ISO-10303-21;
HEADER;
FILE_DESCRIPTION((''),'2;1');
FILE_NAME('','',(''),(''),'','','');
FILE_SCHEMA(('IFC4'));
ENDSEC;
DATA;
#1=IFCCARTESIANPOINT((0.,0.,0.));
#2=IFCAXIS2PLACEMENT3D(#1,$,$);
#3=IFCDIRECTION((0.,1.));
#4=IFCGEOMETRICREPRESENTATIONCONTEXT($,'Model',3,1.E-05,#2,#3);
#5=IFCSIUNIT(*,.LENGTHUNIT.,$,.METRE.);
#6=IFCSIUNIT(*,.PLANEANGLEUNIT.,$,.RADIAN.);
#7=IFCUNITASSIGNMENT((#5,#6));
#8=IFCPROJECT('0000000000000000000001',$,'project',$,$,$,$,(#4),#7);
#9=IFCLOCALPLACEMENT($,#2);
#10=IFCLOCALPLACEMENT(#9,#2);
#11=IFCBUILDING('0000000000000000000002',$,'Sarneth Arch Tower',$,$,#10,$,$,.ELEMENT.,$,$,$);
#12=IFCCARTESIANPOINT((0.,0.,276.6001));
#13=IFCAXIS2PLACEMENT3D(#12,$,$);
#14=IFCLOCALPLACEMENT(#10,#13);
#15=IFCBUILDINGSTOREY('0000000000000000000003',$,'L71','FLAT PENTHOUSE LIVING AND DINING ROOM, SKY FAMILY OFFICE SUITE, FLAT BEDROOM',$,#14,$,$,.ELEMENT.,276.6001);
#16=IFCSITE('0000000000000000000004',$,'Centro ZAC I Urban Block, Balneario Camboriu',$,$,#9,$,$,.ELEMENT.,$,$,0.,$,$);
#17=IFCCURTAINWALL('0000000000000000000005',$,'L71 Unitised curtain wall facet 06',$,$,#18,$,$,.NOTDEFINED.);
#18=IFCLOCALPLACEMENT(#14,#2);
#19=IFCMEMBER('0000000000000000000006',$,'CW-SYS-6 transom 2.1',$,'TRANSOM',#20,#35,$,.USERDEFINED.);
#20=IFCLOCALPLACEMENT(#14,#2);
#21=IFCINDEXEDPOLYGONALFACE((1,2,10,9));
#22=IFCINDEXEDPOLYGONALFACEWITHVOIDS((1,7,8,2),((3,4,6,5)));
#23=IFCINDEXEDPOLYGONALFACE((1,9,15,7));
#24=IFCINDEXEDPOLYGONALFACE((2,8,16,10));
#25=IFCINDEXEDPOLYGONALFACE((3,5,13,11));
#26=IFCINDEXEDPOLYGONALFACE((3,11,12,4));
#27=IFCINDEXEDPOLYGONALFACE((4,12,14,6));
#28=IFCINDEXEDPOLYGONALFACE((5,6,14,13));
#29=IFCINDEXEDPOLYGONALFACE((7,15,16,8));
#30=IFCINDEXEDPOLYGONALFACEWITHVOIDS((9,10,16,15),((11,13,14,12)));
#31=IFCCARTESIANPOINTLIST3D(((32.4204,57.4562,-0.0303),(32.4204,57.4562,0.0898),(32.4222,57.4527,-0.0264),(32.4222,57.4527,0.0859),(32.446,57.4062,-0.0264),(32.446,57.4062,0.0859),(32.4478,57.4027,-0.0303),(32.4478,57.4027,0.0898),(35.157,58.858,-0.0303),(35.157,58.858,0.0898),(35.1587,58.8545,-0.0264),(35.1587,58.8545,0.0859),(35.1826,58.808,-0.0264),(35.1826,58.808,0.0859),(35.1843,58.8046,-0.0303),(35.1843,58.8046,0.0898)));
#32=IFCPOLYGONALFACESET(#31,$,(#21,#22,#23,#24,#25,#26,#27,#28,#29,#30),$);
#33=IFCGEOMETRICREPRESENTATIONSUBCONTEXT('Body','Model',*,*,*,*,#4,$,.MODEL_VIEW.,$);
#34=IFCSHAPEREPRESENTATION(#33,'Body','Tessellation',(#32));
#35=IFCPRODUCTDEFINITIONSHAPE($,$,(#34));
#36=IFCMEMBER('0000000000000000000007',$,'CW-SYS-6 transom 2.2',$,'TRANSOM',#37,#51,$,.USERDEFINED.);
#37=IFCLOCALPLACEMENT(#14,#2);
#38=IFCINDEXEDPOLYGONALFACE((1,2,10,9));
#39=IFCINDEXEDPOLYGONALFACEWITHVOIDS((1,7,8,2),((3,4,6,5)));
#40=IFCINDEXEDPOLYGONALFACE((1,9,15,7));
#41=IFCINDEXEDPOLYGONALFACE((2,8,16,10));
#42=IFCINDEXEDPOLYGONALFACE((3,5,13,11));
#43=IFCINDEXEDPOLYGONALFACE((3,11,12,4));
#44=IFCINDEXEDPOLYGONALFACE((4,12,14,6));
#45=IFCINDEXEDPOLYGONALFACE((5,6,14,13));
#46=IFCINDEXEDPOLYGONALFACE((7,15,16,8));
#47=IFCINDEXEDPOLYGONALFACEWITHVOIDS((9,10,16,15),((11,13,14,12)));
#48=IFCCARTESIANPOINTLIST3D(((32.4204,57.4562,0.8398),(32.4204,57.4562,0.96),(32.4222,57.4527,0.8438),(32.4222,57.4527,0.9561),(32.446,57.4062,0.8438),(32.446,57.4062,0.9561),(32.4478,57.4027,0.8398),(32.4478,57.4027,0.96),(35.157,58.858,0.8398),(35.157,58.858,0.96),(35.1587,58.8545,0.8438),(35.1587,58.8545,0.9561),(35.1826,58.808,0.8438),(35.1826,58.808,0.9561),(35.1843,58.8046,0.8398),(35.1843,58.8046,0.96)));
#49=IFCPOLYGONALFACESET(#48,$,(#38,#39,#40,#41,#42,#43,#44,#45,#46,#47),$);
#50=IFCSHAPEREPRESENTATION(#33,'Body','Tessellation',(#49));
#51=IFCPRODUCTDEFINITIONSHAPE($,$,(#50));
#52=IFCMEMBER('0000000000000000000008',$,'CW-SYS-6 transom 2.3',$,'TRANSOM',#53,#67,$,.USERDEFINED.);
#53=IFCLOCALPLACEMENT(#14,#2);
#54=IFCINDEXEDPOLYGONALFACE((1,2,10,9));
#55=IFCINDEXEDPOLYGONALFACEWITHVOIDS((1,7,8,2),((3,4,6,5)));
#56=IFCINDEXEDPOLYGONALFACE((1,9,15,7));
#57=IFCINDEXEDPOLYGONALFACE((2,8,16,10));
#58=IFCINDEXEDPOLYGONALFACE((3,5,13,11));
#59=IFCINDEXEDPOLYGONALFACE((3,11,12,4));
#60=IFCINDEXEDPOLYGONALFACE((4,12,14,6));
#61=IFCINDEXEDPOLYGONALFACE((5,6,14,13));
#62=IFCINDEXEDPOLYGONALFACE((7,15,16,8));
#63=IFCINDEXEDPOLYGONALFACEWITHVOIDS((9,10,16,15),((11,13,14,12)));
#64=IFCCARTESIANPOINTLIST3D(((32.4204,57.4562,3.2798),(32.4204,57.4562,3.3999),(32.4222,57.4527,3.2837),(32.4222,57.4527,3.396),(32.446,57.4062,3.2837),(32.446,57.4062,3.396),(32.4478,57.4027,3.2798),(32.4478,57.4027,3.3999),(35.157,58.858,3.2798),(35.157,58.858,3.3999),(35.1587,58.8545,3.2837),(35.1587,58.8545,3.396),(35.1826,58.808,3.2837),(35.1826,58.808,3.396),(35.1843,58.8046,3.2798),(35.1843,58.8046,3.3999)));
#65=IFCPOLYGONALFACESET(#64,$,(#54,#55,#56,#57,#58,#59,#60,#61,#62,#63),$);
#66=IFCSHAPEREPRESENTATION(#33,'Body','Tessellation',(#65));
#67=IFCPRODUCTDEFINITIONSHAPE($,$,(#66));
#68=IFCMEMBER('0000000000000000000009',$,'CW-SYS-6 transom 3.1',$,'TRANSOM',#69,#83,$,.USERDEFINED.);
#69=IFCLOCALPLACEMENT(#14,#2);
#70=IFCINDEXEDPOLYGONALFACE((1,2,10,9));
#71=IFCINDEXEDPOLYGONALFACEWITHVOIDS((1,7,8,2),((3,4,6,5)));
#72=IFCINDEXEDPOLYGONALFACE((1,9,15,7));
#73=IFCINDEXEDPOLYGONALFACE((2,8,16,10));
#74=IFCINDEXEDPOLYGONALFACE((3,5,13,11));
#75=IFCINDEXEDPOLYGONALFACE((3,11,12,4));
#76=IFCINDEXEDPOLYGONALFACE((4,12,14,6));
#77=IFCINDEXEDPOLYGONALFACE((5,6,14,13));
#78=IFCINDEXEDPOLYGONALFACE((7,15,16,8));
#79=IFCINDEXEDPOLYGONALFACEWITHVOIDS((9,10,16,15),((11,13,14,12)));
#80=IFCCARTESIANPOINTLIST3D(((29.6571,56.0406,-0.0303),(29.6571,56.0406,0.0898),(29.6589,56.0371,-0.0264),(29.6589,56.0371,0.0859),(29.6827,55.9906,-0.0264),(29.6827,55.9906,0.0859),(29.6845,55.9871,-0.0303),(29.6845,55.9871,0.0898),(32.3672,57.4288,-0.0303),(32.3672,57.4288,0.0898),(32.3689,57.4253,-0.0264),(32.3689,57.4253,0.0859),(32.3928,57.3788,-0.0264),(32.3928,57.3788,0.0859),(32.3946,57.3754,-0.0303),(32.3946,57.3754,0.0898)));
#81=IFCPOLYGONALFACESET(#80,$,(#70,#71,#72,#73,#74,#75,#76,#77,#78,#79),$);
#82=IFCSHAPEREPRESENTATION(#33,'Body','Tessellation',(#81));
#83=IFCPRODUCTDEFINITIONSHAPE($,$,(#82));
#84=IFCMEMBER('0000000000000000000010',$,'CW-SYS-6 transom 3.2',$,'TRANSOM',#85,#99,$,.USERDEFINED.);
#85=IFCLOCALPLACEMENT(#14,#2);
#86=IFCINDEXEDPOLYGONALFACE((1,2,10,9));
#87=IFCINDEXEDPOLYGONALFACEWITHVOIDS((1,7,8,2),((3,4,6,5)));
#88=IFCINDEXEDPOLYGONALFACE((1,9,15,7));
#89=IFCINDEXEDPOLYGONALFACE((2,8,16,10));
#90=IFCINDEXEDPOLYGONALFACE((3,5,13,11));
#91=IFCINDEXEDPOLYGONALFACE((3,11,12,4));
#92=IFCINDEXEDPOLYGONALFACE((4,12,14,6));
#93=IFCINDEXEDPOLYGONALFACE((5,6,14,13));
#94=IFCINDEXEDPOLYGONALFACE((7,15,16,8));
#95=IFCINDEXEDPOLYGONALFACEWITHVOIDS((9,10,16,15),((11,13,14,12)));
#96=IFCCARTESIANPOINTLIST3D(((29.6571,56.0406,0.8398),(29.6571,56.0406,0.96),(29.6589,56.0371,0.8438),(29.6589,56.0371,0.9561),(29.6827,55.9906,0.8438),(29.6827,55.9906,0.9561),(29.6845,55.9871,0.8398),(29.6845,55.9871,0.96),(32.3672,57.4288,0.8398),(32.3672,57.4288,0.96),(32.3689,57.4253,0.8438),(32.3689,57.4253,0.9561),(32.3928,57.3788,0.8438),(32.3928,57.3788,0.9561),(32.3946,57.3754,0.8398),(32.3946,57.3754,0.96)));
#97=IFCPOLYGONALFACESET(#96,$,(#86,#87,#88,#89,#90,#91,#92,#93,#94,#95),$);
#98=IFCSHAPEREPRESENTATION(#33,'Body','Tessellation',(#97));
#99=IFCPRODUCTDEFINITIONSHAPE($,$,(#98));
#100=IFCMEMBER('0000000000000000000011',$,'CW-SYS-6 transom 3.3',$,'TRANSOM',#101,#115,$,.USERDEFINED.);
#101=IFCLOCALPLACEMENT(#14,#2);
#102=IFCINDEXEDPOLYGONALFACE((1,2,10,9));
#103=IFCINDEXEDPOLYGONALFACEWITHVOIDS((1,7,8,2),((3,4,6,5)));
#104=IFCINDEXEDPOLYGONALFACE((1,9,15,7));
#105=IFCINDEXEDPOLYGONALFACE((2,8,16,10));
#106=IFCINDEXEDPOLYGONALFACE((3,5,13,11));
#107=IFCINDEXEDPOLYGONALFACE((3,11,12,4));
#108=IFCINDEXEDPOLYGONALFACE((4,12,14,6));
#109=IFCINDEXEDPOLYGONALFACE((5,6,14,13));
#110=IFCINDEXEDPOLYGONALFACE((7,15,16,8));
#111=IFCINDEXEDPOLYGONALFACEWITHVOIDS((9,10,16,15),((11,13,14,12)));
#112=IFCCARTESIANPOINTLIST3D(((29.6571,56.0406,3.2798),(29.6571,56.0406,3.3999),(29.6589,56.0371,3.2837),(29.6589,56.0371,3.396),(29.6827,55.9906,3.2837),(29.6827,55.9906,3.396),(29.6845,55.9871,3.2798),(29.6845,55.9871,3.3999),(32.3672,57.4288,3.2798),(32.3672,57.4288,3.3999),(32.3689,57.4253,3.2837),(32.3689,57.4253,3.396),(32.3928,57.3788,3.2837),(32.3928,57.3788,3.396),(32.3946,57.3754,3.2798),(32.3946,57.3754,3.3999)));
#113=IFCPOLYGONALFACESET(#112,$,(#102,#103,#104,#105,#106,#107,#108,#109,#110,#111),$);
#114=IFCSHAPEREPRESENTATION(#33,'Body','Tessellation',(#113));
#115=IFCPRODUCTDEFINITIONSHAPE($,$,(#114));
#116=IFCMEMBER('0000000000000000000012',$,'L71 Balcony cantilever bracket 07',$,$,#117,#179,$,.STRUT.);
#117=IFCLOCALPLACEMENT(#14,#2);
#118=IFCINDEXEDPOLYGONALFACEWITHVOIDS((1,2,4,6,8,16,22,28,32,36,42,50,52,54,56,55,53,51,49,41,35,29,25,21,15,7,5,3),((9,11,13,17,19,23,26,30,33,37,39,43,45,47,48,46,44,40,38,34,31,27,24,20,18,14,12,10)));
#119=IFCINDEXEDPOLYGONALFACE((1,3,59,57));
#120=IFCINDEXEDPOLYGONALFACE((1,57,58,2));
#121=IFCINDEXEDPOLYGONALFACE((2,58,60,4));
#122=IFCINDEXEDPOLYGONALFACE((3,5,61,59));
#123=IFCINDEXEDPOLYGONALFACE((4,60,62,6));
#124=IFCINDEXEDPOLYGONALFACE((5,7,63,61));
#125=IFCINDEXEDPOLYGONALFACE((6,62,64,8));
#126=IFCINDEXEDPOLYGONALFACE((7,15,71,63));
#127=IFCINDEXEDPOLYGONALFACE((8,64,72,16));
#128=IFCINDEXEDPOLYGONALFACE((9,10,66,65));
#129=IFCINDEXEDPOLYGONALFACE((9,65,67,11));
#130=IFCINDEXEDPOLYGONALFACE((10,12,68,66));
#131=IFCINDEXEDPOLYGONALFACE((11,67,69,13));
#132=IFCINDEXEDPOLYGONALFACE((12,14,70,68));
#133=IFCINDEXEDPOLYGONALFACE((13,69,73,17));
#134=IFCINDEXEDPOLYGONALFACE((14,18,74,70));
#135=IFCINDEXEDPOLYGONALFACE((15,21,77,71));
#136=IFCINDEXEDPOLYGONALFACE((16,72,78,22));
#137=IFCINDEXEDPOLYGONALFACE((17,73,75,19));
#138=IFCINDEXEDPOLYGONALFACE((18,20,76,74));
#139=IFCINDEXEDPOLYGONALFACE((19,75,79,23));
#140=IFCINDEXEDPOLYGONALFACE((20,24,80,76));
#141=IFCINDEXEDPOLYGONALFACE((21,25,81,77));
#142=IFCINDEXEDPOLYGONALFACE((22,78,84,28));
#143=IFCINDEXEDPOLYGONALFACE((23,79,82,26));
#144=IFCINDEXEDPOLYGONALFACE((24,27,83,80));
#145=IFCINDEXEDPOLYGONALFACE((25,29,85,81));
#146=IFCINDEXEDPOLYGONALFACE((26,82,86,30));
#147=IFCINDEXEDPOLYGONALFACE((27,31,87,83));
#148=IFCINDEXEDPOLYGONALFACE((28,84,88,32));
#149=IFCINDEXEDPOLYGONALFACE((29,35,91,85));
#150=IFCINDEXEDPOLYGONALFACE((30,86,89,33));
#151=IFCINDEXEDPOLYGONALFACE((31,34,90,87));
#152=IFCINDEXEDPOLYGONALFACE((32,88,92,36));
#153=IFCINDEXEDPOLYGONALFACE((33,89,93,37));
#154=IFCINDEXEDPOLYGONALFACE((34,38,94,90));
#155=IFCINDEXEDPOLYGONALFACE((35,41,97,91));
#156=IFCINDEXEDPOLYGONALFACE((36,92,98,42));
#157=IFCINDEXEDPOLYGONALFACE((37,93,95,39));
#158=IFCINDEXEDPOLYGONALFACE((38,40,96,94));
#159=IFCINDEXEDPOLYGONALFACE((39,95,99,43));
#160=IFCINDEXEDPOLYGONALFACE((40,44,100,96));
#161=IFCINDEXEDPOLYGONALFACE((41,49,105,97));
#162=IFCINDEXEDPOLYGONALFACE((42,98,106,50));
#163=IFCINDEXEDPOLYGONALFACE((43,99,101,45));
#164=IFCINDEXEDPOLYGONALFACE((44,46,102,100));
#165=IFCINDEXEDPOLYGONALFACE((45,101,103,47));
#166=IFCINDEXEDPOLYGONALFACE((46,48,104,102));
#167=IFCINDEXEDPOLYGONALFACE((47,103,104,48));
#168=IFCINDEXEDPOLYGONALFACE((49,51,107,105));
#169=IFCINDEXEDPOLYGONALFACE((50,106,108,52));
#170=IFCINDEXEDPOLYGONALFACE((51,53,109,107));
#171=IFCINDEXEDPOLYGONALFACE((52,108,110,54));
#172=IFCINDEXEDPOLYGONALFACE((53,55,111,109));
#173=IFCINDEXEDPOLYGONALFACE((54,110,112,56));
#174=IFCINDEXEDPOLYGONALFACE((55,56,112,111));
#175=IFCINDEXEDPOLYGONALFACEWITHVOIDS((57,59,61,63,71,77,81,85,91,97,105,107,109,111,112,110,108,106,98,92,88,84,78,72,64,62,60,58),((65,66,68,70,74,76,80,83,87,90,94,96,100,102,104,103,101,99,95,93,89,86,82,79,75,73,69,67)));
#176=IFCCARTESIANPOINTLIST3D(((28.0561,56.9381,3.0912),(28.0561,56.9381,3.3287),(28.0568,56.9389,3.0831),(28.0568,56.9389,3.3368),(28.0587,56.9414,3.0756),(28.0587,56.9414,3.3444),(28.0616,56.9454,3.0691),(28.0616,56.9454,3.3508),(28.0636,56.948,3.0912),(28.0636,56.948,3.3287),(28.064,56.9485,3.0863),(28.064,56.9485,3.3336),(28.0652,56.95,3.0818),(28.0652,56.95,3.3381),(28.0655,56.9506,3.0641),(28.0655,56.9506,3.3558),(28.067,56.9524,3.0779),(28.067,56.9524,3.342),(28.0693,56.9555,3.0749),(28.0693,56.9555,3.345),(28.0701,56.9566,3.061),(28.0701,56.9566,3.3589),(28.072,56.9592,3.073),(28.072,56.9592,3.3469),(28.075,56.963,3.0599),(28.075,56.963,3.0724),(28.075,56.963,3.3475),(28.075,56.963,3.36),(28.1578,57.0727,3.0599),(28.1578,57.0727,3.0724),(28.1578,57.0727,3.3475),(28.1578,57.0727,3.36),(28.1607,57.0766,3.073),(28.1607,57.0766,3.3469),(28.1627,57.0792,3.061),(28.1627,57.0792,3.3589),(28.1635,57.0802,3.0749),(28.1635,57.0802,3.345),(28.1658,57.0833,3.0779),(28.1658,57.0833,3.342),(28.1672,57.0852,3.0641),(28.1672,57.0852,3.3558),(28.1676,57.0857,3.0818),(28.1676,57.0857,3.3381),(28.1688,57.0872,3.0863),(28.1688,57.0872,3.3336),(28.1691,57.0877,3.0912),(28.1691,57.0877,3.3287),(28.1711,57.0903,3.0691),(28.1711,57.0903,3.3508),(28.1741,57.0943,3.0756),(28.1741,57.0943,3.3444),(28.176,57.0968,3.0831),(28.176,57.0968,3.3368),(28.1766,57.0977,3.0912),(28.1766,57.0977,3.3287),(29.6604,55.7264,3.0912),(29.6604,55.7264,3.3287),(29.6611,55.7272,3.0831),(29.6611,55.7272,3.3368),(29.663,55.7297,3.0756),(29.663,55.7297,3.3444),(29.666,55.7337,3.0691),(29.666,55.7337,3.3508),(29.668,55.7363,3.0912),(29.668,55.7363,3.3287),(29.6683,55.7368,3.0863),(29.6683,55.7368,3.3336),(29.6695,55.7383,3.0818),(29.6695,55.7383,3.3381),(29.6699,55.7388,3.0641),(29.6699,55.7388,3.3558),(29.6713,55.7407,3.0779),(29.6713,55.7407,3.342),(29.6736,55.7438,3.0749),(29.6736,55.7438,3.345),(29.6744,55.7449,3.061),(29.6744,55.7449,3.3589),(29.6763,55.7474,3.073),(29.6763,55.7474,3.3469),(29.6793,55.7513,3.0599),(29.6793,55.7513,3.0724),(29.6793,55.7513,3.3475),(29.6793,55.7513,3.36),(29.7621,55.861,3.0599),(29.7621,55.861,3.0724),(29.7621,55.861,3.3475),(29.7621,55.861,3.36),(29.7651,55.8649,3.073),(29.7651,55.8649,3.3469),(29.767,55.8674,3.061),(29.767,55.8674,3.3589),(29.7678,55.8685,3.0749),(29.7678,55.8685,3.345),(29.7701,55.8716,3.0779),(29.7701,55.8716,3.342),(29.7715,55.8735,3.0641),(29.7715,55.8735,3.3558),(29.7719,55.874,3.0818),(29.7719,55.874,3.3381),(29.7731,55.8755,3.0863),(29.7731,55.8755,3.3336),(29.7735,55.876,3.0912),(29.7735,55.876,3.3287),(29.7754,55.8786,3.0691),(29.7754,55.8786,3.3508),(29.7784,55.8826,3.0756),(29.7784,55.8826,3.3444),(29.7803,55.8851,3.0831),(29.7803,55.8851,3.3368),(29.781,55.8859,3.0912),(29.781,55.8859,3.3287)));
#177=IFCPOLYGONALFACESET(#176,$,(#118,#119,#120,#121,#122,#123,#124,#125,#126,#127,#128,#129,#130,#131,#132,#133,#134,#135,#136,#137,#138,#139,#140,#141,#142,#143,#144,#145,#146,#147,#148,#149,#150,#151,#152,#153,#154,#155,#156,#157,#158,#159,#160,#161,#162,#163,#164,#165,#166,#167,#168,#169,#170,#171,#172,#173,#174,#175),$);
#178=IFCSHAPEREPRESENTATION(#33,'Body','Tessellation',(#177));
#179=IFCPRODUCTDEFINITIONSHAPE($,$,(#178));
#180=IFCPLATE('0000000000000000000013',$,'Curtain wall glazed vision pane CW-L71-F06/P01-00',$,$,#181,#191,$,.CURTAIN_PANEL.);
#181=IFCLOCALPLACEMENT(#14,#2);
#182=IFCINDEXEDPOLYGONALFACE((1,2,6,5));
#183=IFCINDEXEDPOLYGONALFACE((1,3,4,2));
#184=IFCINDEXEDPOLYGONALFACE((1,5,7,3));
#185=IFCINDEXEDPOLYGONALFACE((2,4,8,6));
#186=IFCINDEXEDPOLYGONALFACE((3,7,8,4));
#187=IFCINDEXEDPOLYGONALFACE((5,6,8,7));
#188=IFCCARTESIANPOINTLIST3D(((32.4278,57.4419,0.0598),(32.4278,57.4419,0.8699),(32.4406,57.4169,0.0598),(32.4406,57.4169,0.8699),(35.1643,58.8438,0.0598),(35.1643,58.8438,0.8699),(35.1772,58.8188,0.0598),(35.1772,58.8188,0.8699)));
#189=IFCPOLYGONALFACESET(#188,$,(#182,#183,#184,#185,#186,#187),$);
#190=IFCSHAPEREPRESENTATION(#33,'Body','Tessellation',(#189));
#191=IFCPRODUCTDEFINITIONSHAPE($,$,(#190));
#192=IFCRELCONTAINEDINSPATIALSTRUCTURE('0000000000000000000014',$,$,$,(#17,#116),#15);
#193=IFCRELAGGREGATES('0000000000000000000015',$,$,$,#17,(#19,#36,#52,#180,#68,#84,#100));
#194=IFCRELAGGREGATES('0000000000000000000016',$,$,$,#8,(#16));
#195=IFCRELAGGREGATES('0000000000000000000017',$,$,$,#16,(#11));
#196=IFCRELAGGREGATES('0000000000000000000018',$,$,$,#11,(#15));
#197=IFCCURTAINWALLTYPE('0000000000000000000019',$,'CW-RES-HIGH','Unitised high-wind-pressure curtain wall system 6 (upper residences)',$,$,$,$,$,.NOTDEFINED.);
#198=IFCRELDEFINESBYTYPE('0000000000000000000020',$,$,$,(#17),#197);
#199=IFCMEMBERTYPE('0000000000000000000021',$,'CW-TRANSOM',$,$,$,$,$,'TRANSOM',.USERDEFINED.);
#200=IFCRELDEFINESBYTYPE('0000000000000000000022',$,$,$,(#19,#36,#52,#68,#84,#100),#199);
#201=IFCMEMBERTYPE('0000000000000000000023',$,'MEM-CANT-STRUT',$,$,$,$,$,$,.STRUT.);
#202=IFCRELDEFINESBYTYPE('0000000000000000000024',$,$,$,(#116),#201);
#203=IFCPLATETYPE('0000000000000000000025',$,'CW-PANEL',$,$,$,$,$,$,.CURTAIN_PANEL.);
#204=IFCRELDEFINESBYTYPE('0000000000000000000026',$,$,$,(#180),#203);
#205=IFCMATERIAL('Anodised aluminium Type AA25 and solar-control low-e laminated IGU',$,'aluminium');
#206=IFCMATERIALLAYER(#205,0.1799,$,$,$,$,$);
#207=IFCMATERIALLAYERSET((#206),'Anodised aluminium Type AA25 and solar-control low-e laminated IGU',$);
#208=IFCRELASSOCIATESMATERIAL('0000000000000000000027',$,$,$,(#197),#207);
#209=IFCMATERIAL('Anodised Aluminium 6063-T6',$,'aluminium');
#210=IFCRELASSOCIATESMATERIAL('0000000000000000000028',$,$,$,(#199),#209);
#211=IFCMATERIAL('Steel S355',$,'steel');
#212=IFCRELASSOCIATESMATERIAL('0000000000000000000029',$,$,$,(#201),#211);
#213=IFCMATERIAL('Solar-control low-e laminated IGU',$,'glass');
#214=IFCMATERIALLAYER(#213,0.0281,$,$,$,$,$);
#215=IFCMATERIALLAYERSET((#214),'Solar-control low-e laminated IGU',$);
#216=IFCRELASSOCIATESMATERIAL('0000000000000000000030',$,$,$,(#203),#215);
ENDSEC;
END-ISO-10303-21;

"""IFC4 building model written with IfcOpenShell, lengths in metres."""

from ifc_helpers import new_model, si_unit, direction, frame, origin, origin_2d, place, context, subcontext, project, spatial, rectangle, hollow_rectangle, extrude, material, layer, layer_set, material_profile, profile_set, type_object, element, aggregate, save


model = new_model("IFC4")

# Units and contexts
model_context = context("Model", 3, precision=1e-05, world=origin(), true_north=direction((0.0, 1.0)))
body_context = subcontext(model_context, "Body", "Model", "MODEL_VIEW")
ifc_project = project(units=[si_unit("LENGTHUNIT", "METRE"), si_unit("PLANEANGLEUNIT", "RADIAN")], contexts=[model_context])

# Site, building, storey
site_placement = place(None, origin())
site = spatial("IfcSite", under=ifc_project, at=site_placement, Name="Centro ZAC I Urban Block, Balneario Camboriu", CompositionType="ELEMENT", RefElevation=0.0)
building_placement = place(site_placement, origin())
building = spatial("IfcBuilding", under=site, at=building_placement, Name="Sarneth Arch Tower", CompositionType="ELEMENT")
storey_placement = place(building_placement, frame((0.0, 0.0, 276.6001)))
storey = spatial("IfcBuildingStorey", under=building, at=storey_placement, Name="L71", Description="FLAT PENTHOUSE LIVING AND DINING ROOM, SKY FAMILY OFFICE SUITE, FLAT BEDROOM", CompositionType="ELEMENT", Elevation=276.6001)

# Curtain wall, members
ifc_material_1 = material(Name="Anodised aluminium Type AA25 and solar-control low-e laminated IGU", Category="aluminium")
ifc_layer_1 = layer(ifc_material_1, 0.1799)
ifc_layer_set_1 = layer_set([ifc_layer_1], Name="Anodised aluminium Type AA25 and solar-control low-e laminated IGU")
curtain_wall_type = type_object("IfcCurtainWallType", Name="CW-RES-HIGH", Description="Unitised high-wind-pressure curtain wall system 6 (upper residences)", PredefinedType="NOTDEFINED", material=ifc_layer_set_1)
curtain_wall_placement = place(storey_placement, origin())
curtain_wall = element("IfcCurtainWall", 1, at=curtain_wall_placement, inside=storey, type_object=curtain_wall_type, Name="L71 Unitised curtain wall facet 06", PredefinedType="NOTDEFINED")
ifc_material_2 = material(Name="Anodised Aluminium 6063-T6", Category="aluminium")
ifc_material_profile_1 = material_profile(ifc_material_2, hollow_rectangle(XDim=0.0601, YDim=0.1201, WallThickness=0.0039, at=origin_2d()), Name="AL-TRAN-120x60x4")
ifc_profile_set_1 = profile_set([ifc_material_profile_1], Name="Anodised Aluminium 6063-T6")
member_type_1 = type_object("IfcMemberType", Name="CW-TRANSOM", ElementType="TRANSOM", PredefinedType="USERDEFINED", material=ifc_profile_set_1)
member_1_placement = place(storey_placement, frame((35.1707, 58.8313, 0.0298), z_axis=(-0.890017, -0.455926, 0.0), x_axis=(0.455926, -0.890017, 0.0)))
member_1 = element("IfcMember", 2, at=member_1_placement, type_object=member_type_1, Name="CW-SYS-6 transom 2.1", ObjectType="TRANSOM", PredefinedType="USERDEFINED", context=body_context, shape_type="SweptSolid", body=[
    extrude(hollow_rectangle(XDim=0.0601, YDim=0.1201, WallThickness=0.0039, at=origin_2d()), origin(), (0.0, 0.0, 1.0), 3.0747),
])
member_2_placement = place(storey_placement, frame((35.1707, 58.8313, 0.8999), z_axis=(-0.890017, -0.455926, 0.0), x_axis=(0.455926, -0.890017, 0.0)))
member_2 = element("IfcMember", 3, at=member_2_placement, type_object=member_type_1, Name="CW-SYS-6 transom 2.2", ObjectType="TRANSOM", PredefinedType="USERDEFINED", context=body_context, shape_type="SweptSolid", body=[
    extrude(hollow_rectangle(XDim=0.0601, YDim=0.1201, WallThickness=0.0039, at=origin_2d()), origin(), (0.0, 0.0, 1.0), 3.0747),
])
member_3_placement = place(storey_placement, frame((35.1707, 58.8313, 3.3398), z_axis=(-0.890017, -0.455926, 0.0), x_axis=(0.455926, -0.890017, 0.0)))
member_3 = element("IfcMember", 4, at=member_3_placement, type_object=member_type_1, Name="CW-SYS-6 transom 2.3", ObjectType="TRANSOM", PredefinedType="USERDEFINED", context=body_context, shape_type="SweptSolid", body=[
    extrude(hollow_rectangle(XDim=0.0601, YDim=0.1201, WallThickness=0.0039, at=origin_2d()), origin(), (0.0, 0.0, 1.0), 3.0747),
])
member_4_placement = place(storey_placement, frame((32.3809, 57.4021, 0.0298), z_axis=(-0.890023, -0.455916, 0.0), x_axis=(0.455916, -0.890023, 0.0)))
member_4 = element("IfcMember", 5, at=member_4_placement, type_object=member_type_1, Name="CW-SYS-6 transom 3.1", ObjectType="TRANSOM", PredefinedType="USERDEFINED", context=body_context, shape_type="SweptSolid", body=[
    extrude(hollow_rectangle(XDim=0.0601, YDim=0.1201, WallThickness=0.0039, at=origin_2d()), origin(), (0.0, 0.0, 1.0), 3.0449),
])
member_5_placement = place(storey_placement, frame((32.3809, 57.4021, 0.8999), z_axis=(-0.890023, -0.455916, 0.0), x_axis=(0.455916, -0.890023, 0.0)))
member_5 = element("IfcMember", 6, at=member_5_placement, type_object=member_type_1, Name="CW-SYS-6 transom 3.2", ObjectType="TRANSOM", PredefinedType="USERDEFINED", context=body_context, shape_type="SweptSolid", body=[
    extrude(hollow_rectangle(XDim=0.0601, YDim=0.1201, WallThickness=0.0039, at=origin_2d()), origin(), (0.0, 0.0, 1.0), 3.0449),
])
member_6_placement = place(storey_placement, frame((32.3809, 57.4021, 3.3398), z_axis=(-0.890023, -0.455916, 0.0), x_axis=(0.455916, -0.890023, 0.0)))
member_6 = element("IfcMember", 7, at=member_6_placement, type_object=member_type_1, Name="CW-SYS-6 transom 3.3", ObjectType="TRANSOM", PredefinedType="USERDEFINED", context=body_context, shape_type="SweptSolid", body=[
    extrude(hollow_rectangle(XDim=0.0601, YDim=0.1201, WallThickness=0.0039, at=origin_2d()), origin(), (0.0, 0.0, 1.0), 3.0449),
])

# Member
ifc_material_3 = material(Name="Steel S355", Category="steel")
ifc_material_profile_2 = material_profile(ifc_material_3, hollow_rectangle(XDim=0.2, YDim=0.3, WallThickness=0.0125, InnerFilletRadius=0.0188, OuterFilletRadius=0.0312, at=origin_2d()), Name="RHS300x200x12.5")
ifc_profile_set_2 = profile_set([ifc_material_profile_2], Name="Steel S355")
member_type_2 = type_object("IfcMemberType", Name="MEM-CANT-STRUT", PredefinedType="STRUT", material=ifc_profile_set_2)
member_7_placement = place(storey_placement, frame((29.7207, 55.8062, 3.21), z_axis=(-0.79797, 0.602697, 0.0), x_axis=(-0.602697, -0.79797, 0.0)))
element("IfcMember", 8, at=member_7_placement, inside=storey, type_object=member_type_2, Name="L71 Balcony cantilever bracket 07", PredefinedType="STRUT", context=body_context, shape_type="SweptSolid", body=[
    extrude(hollow_rectangle(XDim=0.2, YDim=0.3, WallThickness=0.0125, InnerFilletRadius=0.0188, OuterFilletRadius=0.0312, at=origin_2d()), origin(), (0.0, 0.0, 1.0), 2.0105),
])

# Plate
ifc_material_4 = material(Name="Solar-control low-e laminated IGU", Category="glass")
ifc_layer_2 = layer(ifc_material_4, 0.0281)
ifc_layer_set_2 = layer_set([ifc_layer_2], Name="Solar-control low-e laminated IGU")
plate_type_1 = type_object("IfcPlateType", Name="CW-PANEL", PredefinedType="CURTAIN_PANEL", material=ifc_layer_set_2)
plate_1_placement = place(storey_placement, frame((33.8025, 58.1304, 0.0598), z_axis=(0.0, 0.0, 1.0), x_axis=(-0.89001, -0.455942, 0.0)))
plate_1 = element("IfcPlate", 9, at=plate_1_placement, type_object=plate_type_1, Name="Curtain wall glazed vision pane CW-L71-F06/P01-00", PredefinedType="CURTAIN_PANEL", context=body_context, shape_type="SweptSolid", body=[
    extrude(rectangle(XDim=3.0747, YDim=0.0281, at=origin_2d()), origin(), (0.0, 0.0, 1.0), 0.8101),
])
aggregate(curtain_wall, [member_1, member_2, member_3, plate_1, member_4, member_5, member_6])

save(model, "model.ifc")
